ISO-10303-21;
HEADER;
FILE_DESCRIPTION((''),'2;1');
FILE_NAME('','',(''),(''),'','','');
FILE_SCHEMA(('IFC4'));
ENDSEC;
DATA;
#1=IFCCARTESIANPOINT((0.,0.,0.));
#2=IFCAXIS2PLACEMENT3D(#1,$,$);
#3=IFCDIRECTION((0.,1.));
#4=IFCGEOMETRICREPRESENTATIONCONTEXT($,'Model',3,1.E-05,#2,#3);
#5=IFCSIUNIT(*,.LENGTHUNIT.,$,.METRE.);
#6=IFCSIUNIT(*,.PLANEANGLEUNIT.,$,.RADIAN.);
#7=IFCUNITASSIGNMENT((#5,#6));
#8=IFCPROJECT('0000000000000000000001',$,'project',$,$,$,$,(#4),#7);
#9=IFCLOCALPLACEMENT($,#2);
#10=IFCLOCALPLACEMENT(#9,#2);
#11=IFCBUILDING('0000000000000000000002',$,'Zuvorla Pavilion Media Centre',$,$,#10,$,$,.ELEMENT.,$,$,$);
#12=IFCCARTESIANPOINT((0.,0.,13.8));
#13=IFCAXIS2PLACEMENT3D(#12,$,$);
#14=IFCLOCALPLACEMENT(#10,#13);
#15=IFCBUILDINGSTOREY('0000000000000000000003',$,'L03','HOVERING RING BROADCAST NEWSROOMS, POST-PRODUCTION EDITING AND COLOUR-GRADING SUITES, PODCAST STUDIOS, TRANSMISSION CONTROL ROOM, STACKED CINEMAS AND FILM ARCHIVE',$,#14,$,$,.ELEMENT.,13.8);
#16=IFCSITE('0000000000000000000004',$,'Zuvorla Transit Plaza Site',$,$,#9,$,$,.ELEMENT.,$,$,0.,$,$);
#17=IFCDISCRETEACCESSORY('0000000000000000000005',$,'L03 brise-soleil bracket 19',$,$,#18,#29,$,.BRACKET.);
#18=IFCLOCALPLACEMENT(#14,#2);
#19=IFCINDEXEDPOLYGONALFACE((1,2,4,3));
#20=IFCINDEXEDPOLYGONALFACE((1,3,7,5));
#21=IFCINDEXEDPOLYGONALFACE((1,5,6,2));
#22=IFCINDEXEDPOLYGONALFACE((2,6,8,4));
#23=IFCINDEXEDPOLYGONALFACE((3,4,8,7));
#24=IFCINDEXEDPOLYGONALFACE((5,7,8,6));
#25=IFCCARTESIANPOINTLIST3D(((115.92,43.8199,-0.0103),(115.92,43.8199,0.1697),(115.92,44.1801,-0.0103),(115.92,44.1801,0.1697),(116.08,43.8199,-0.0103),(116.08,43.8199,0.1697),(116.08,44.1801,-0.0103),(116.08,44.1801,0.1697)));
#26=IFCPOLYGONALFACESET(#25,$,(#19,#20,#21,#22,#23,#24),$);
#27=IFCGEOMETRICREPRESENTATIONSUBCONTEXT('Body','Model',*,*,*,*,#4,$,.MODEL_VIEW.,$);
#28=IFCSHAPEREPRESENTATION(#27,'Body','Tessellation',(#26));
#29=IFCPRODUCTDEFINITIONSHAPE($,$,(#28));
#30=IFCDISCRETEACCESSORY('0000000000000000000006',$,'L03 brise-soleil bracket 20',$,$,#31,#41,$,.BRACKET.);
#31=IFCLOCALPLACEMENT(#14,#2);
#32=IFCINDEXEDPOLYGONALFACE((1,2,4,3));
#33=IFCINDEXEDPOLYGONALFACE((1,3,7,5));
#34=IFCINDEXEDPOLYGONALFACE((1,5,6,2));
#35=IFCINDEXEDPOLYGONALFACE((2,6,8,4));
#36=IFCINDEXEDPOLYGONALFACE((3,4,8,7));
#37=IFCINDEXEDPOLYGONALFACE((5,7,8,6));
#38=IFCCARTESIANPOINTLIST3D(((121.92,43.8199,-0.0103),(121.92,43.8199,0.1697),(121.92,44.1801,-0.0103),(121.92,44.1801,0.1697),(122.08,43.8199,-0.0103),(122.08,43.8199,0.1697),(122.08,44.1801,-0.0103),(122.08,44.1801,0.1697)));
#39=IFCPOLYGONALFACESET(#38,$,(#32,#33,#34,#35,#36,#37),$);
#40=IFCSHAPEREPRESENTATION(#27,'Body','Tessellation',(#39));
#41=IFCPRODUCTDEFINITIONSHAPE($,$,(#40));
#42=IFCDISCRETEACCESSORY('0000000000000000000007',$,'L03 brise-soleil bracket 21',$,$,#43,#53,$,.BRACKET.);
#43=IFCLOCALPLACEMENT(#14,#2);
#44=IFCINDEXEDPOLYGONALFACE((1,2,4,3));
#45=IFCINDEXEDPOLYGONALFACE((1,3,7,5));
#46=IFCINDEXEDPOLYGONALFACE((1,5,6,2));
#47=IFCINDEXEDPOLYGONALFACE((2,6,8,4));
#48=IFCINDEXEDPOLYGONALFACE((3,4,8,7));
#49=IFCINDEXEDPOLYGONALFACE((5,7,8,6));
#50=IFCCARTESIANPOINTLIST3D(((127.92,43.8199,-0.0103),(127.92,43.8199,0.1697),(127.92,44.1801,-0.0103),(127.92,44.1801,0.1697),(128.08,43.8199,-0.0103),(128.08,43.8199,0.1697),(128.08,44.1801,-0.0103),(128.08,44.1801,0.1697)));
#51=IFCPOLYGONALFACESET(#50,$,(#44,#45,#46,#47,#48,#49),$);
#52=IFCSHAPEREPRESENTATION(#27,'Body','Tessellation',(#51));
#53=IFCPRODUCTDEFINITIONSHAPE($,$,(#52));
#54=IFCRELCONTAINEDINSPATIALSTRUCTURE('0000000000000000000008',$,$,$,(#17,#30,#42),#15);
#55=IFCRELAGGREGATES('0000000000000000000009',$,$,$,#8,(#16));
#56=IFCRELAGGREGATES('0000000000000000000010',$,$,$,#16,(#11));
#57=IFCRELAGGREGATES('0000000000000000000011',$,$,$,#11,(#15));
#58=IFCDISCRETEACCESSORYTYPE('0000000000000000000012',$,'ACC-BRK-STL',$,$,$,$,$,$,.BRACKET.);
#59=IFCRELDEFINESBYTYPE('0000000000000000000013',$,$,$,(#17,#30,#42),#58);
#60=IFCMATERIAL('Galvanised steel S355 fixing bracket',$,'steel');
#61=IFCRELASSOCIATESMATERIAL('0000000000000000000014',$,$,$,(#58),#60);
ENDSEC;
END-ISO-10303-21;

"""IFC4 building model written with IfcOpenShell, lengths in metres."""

from ifc_helpers import new_model, si_unit, direction, frame, origin, origin_2d, place, context, subcontext, project, spatial, rectangle, extrude, material, type_object, element, save


model = new_model("IFC4")

# Units and contexts
model_context = context("Model", 3, precision=1e-05, world=origin(), true_north=direction((0.0, 1.0)))
body_context = subcontext(model_context, "Body", "Model", "MODEL_VIEW")
ifc_project = project(units=[si_unit("LENGTHUNIT", "METRE"), si_unit("PLANEANGLEUNIT", "RADIAN")], contexts=[model_context])

# Site, building, storey
site_placement = place(None, origin())
site = spatial("IfcSite", under=ifc_project, at=site_placement, Name="Zuvorla Transit Plaza Site", CompositionType="ELEMENT", RefElevation=0.0)
building_placement = place(site_placement, origin())
building = spatial("IfcBuilding", under=site, at=building_placement, Name="Zuvorla Pavilion Media Centre", CompositionType="ELEMENT")
storey_placement = place(building_placement, frame((0.0, 0.0, 13.8)))
storey = spatial("IfcBuildingStorey", under=building, at=storey_placement, Name="L03", Description="HOVERING RING BROADCAST NEWSROOMS, POST-PRODUCTION EDITING AND COLOUR-GRADING SUITES, PODCAST STUDIOS, TRANSMISSION CONTROL ROOM, STACKED CINEMAS AND FILM ARCHIVE", CompositionType="ELEMENT", Elevation=13.8)

# Discrete accessories
ifc_material_1 = material(Name="Galvanised steel S355 fixing bracket", Category="steel")
discrete_accessory_type = type_object("IfcDiscreteAccessoryType", Name="ACC-BRK-STL", PredefinedType="BRACKET", material=ifc_material_1)
for number, where, z_axis, x_axis, name in (
    (1, (116.0, 44.0, -0.0103), (0.0, 0.0, 1.0), (1.0, 0.0, 0.0), "L03 brise-soleil bracket 19"),
    (2, (122.0, 44.0, -0.0103), (0.0, 0.0, 1.0), (1.0, 0.0, 0.0), "L03 brise-soleil bracket 20"),
    (3, (128.0, 44.0, -0.0103), (0.0, 0.0, 1.0), (1.0, 0.0, 0.0), "L03 brise-soleil bracket 21"),
):
    element("IfcDiscreteAccessory", number, at=place(storey_placement, frame(where, z_axis=z_axis, x_axis=x_axis)), inside=storey, type_object=discrete_accessory_type, Name=name, PredefinedType="BRACKET", context=body_context, shape_type="SweptSolid", body=[
        extrude(rectangle(XDim=0.1599, YDim=0.3601, at=origin_2d()), origin(), (0.0, 0.0, 1.0), 0.1799),
    ])

save(model, "model.ifc")
